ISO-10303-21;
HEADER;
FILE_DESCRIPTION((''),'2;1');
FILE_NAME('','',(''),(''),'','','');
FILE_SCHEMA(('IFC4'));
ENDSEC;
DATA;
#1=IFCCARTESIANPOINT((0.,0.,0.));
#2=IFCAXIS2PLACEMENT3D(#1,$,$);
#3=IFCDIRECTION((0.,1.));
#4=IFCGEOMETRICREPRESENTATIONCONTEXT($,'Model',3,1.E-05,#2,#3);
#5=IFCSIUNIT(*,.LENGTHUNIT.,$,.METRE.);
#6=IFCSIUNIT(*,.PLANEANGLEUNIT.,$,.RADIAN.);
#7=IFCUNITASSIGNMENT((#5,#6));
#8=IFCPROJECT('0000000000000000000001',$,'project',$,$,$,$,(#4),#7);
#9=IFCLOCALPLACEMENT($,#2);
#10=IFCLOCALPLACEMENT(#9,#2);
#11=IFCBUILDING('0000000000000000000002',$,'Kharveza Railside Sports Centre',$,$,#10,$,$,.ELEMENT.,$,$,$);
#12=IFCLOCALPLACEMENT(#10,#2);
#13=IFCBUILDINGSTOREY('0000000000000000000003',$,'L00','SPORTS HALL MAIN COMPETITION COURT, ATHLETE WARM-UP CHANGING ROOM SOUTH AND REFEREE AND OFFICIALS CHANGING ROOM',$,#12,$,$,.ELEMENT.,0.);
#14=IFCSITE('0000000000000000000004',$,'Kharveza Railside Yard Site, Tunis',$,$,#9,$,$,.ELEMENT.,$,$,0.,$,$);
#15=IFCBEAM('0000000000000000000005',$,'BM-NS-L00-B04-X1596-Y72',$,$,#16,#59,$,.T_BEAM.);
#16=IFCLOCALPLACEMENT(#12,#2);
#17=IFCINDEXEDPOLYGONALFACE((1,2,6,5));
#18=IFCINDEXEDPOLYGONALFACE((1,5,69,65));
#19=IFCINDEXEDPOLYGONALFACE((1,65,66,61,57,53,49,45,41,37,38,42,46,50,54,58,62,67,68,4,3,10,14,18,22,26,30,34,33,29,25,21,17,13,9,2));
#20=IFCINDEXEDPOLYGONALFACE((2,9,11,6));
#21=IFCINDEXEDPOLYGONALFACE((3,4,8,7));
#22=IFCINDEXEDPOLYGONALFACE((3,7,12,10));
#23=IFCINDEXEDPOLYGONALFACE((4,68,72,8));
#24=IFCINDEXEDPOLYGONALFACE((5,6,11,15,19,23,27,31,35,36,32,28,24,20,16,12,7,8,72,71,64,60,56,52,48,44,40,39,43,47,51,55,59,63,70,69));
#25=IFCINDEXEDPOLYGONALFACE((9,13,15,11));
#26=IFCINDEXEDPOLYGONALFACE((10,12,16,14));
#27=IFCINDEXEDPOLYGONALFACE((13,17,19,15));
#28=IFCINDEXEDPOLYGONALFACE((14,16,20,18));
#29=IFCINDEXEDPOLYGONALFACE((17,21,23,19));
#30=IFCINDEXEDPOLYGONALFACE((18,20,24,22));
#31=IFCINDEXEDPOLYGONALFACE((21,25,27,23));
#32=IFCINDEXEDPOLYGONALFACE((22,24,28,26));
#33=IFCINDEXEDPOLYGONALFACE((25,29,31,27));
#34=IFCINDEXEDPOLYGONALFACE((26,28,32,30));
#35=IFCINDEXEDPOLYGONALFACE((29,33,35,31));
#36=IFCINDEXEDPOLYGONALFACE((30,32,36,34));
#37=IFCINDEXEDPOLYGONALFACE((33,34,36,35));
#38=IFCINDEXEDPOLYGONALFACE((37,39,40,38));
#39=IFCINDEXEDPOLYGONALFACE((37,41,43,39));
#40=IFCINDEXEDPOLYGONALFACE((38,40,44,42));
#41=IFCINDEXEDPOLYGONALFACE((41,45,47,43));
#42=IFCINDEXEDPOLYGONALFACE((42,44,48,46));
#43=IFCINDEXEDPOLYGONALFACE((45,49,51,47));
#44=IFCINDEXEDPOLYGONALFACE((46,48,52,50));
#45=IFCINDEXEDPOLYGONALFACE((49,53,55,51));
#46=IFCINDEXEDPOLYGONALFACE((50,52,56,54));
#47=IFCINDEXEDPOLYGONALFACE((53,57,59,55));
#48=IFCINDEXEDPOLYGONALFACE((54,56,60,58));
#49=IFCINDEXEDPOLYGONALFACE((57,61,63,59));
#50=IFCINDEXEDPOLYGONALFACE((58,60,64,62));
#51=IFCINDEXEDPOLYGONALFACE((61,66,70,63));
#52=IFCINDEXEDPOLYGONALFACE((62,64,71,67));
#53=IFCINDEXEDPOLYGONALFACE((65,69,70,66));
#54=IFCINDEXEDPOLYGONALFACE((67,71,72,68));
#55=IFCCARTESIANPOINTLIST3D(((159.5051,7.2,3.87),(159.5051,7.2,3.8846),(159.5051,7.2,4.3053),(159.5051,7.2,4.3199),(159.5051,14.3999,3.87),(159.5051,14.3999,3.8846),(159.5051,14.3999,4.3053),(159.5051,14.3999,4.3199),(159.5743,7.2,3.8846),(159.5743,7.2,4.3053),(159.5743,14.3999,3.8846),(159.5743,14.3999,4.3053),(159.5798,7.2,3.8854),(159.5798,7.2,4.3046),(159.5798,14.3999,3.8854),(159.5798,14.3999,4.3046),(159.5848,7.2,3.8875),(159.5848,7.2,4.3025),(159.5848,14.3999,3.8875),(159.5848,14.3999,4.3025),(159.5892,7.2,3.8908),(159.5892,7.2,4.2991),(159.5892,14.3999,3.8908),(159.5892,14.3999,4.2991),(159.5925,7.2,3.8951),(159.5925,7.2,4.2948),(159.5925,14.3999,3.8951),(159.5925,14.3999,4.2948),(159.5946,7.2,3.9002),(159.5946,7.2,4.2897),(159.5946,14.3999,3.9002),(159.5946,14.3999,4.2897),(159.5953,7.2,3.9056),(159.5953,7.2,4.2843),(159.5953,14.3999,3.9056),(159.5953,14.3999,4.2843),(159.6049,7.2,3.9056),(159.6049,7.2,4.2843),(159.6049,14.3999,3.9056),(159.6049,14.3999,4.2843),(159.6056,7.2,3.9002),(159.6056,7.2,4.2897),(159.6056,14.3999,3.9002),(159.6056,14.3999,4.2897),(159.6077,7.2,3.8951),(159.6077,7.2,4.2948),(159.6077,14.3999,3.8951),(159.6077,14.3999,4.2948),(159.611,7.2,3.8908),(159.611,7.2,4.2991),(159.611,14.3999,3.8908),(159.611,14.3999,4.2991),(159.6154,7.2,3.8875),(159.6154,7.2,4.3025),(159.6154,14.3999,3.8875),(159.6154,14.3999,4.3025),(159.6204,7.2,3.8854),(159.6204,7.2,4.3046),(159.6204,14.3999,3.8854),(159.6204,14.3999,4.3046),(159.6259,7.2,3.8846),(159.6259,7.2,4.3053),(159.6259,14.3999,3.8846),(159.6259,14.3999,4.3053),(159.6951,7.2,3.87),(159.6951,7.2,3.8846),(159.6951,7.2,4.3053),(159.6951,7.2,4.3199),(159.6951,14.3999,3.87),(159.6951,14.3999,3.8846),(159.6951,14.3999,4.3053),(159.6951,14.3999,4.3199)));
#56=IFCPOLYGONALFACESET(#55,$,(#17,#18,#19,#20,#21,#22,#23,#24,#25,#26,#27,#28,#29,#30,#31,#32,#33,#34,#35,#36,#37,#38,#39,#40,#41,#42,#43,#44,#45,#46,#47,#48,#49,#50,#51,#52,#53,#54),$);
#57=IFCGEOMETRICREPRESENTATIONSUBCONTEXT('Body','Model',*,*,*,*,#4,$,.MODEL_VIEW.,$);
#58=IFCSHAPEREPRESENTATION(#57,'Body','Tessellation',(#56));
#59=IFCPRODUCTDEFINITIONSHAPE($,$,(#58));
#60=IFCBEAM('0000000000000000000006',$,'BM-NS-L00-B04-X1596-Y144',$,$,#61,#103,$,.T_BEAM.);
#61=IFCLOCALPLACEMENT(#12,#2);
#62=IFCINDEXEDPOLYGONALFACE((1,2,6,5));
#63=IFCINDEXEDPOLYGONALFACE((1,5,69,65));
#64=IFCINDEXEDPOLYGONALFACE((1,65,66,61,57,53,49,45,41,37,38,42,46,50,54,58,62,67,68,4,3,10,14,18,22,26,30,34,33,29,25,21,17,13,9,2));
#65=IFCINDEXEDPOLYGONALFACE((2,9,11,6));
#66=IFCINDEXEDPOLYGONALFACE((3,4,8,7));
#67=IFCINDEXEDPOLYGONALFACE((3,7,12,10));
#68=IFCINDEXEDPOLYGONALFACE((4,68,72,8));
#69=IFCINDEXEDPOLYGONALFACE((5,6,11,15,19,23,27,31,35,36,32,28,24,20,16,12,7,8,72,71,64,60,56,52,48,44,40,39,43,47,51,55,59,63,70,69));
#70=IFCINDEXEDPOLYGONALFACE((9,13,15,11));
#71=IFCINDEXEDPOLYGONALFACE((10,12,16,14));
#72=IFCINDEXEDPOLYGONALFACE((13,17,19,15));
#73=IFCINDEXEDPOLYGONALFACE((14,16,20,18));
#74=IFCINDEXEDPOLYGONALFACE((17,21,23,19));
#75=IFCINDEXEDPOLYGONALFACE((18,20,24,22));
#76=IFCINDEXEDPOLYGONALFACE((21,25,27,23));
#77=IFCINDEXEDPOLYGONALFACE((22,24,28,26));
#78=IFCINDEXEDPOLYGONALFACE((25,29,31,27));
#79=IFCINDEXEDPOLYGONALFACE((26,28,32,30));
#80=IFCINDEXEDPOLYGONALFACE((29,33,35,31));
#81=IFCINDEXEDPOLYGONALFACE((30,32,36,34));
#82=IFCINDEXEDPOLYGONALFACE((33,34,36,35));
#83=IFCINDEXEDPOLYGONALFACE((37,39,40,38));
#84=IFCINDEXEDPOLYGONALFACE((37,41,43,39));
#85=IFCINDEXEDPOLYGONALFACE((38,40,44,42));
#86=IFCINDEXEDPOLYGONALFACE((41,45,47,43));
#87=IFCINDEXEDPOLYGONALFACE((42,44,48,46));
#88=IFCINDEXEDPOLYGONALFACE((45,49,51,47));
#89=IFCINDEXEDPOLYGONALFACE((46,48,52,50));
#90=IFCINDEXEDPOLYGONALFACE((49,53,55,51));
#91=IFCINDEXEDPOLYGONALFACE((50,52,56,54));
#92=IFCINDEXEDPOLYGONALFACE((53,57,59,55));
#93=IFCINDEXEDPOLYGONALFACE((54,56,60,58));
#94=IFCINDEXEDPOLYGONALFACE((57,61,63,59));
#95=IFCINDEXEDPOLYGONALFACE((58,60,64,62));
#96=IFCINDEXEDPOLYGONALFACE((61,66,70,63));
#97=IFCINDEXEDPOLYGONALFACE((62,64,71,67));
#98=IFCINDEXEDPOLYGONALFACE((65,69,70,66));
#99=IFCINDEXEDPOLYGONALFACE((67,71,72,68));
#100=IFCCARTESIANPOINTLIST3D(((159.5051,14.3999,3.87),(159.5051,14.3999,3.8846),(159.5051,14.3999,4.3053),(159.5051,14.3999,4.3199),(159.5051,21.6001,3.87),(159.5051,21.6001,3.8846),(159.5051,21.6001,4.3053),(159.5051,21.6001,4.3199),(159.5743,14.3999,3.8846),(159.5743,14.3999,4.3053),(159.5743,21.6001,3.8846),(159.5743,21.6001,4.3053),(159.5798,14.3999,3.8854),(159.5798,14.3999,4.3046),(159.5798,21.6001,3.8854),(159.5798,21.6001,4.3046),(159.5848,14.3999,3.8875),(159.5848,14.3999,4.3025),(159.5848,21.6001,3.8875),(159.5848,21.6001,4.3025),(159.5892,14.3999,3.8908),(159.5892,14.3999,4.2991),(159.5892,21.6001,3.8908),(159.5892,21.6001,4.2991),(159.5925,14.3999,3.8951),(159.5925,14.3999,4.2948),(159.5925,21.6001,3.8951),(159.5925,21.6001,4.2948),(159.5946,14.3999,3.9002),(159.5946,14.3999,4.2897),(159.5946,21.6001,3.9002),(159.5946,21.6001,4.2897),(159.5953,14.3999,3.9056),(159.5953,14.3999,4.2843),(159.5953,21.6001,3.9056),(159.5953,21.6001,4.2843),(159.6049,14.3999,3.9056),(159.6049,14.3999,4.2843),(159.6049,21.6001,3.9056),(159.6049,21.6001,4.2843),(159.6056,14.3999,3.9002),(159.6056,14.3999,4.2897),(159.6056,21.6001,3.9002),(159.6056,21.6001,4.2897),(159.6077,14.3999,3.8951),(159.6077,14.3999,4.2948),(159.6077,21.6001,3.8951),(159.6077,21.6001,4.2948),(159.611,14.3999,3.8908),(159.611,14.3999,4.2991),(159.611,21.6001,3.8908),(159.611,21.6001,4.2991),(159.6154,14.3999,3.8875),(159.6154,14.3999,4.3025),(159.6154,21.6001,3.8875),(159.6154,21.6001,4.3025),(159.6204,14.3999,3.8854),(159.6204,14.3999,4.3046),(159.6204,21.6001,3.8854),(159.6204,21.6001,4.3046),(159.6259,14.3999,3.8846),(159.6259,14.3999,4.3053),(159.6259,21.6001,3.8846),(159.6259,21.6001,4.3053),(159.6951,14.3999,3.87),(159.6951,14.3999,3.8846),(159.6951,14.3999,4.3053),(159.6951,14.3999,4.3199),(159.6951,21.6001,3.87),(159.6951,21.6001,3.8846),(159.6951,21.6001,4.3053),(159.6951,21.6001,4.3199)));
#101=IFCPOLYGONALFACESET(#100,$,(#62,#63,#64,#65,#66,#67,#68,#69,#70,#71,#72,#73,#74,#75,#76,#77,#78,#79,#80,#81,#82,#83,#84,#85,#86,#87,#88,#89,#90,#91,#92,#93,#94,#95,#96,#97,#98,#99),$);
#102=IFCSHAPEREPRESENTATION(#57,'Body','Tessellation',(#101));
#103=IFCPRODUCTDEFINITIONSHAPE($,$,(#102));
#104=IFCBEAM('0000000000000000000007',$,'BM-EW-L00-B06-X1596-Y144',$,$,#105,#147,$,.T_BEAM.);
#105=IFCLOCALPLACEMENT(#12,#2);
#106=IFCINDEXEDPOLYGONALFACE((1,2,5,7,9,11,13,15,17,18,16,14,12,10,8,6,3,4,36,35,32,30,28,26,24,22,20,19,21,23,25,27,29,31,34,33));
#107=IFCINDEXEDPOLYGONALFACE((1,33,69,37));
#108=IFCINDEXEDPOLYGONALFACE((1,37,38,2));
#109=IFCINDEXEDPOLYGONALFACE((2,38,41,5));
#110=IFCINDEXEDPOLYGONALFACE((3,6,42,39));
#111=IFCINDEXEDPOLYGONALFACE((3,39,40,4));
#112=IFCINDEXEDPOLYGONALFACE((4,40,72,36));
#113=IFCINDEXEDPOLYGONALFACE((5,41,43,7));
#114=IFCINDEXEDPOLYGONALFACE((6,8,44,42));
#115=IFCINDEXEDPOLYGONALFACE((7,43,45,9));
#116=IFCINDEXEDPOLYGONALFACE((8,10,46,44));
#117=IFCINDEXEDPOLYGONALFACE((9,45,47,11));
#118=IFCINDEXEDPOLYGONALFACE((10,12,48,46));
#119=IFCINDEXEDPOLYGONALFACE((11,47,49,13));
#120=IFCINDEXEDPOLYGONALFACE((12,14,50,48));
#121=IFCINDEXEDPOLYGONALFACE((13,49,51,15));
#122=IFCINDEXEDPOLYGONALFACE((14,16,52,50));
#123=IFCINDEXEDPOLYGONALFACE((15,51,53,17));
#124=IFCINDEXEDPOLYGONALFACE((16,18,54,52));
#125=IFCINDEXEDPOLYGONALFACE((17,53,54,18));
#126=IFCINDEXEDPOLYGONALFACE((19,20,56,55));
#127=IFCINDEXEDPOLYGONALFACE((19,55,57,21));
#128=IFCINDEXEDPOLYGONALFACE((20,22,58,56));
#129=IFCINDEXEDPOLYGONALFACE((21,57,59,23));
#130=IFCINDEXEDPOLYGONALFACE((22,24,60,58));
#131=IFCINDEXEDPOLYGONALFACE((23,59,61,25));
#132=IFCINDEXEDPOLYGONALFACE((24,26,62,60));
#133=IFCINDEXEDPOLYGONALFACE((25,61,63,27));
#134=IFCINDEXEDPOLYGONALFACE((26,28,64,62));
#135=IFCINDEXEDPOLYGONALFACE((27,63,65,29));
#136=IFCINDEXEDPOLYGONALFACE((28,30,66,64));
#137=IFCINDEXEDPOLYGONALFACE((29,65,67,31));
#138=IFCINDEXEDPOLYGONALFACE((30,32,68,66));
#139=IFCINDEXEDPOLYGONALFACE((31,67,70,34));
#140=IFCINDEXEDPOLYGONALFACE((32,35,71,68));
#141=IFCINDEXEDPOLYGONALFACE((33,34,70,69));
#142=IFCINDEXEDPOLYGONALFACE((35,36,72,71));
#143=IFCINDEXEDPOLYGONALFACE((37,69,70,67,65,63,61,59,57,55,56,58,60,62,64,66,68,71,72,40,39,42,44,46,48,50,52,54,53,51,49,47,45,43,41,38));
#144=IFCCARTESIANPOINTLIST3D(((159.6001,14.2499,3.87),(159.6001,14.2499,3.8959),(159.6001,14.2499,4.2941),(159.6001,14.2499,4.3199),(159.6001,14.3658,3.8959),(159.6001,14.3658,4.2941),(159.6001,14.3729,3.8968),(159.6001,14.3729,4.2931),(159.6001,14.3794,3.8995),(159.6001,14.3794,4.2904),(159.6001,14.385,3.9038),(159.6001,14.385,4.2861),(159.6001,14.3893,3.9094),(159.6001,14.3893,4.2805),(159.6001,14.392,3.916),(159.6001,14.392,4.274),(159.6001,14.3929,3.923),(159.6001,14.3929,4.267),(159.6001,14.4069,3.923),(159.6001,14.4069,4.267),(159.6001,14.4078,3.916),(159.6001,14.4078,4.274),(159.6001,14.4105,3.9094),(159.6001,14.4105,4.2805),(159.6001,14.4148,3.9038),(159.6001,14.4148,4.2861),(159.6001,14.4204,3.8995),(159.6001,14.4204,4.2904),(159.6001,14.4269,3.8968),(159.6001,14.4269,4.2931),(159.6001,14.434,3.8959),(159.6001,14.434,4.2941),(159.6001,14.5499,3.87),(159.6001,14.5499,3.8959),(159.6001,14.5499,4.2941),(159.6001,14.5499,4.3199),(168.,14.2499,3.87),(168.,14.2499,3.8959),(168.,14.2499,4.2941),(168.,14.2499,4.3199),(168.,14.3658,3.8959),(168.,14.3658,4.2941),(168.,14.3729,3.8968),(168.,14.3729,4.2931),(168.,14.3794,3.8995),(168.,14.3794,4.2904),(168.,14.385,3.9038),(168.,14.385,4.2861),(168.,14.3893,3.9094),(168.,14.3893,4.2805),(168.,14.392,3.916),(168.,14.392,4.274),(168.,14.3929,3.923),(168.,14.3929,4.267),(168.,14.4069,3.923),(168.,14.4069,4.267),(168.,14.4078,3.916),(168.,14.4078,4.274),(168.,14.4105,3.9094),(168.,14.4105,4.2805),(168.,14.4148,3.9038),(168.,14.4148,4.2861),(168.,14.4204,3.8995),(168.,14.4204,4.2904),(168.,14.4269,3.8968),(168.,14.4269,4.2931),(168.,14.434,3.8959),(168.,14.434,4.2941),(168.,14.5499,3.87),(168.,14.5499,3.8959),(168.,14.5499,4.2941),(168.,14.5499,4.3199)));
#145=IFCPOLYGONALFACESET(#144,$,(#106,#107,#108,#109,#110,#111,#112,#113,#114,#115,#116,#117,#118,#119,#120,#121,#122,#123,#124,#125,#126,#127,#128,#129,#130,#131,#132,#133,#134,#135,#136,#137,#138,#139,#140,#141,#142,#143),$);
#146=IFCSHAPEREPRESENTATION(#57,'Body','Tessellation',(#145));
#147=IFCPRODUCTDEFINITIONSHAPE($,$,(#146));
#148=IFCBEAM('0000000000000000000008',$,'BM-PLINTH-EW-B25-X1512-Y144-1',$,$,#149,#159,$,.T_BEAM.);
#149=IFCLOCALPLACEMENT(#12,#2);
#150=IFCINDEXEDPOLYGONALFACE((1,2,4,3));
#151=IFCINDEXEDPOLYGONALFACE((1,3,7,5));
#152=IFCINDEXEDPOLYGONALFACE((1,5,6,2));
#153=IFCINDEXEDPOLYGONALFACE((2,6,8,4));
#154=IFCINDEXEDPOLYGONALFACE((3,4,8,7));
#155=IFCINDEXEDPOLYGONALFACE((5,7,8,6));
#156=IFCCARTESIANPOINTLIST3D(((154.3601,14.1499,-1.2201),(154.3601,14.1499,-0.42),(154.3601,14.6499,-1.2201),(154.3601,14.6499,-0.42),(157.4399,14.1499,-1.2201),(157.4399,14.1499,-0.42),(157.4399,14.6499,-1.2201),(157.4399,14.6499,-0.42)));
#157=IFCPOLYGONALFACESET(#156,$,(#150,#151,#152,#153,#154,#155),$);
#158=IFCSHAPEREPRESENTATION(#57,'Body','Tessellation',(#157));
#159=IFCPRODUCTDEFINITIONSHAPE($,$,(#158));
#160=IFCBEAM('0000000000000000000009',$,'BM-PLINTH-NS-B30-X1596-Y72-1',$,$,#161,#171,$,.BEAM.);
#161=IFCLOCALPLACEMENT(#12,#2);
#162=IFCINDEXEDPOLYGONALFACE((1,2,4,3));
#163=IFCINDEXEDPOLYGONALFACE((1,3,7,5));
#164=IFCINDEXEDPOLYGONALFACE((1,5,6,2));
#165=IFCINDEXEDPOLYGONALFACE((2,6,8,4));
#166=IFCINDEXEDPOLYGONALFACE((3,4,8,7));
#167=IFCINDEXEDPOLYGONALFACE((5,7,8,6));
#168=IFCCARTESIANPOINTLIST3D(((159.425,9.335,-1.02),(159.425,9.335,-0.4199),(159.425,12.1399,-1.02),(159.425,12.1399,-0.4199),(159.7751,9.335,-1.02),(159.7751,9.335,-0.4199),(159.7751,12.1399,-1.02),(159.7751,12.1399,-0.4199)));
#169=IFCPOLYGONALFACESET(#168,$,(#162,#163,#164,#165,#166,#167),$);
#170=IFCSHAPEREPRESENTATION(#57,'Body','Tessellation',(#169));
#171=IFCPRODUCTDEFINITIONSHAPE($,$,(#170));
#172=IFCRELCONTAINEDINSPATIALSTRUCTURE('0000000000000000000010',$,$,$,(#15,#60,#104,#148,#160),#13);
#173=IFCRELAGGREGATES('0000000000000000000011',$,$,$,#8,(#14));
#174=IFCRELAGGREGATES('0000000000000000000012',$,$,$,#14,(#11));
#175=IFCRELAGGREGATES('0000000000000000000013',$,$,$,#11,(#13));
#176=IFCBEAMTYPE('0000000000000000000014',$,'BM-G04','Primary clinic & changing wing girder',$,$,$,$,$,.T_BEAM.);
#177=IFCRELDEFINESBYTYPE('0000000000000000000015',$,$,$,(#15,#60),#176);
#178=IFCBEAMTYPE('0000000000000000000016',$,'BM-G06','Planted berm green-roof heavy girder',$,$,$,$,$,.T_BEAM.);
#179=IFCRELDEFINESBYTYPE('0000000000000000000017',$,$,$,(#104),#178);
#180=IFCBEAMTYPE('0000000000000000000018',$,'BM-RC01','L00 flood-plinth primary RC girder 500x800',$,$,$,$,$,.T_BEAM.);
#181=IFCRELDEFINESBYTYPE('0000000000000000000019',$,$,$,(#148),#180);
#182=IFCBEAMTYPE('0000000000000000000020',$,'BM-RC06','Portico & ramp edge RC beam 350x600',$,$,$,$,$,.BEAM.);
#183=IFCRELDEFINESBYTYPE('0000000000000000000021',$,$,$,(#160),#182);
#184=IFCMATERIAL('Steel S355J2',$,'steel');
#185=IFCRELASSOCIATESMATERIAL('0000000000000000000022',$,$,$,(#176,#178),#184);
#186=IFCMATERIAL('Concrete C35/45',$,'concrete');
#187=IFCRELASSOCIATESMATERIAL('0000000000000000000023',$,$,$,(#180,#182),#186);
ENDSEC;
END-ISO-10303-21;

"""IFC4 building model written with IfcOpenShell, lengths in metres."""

from ifc_helpers import new_model, si_unit, direction, frame, origin, origin_2d, place, context, subcontext, project, spatial, rectangle, i_section, extrude, material, material_profile, profile_set, type_object, element, save


model = new_model("IFC4")

# Units and contexts
model_context = context("Model", 3, precision=1e-05, world=origin(), true_north=direction((0.0, 1.0)))
body_context = subcontext(model_context, "Body", "Model", "MODEL_VIEW")
ifc_project = project(units=[si_unit("LENGTHUNIT", "METRE"), si_unit("PLANEANGLEUNIT", "RADIAN")], contexts=[model_context])

# Site, building, storey
site_placement = place(None, origin())
site = spatial("IfcSite", under=ifc_project, at=site_placement, Name="Kharveza Railside Yard Site, Tunis", CompositionType="ELEMENT", RefElevation=0.0)
building_placement = place(site_placement, origin())
building = spatial("IfcBuilding", under=site, at=building_placement, Name="Kharveza Railside Sports Centre", CompositionType="ELEMENT")
storey_placement = place(building_placement, origin())
storey = spatial("IfcBuildingStorey", under=building, at=storey_placement, Name="L00", Description="SPORTS HALL MAIN COMPETITION COURT, ATHLETE WARM-UP CHANGING ROOM SOUTH AND REFEREE AND OFFICIALS CHANGING ROOM", CompositionType="ELEMENT", Elevation=0.0)

# Shared definitions
ifc_material_1 = material(Name="Concrete C35/45", Category="concrete")

# Shared definitions
ifc_material_2 = material(Name="Steel S355J2", Category="steel")

# Beams
ifc_material_profile_1 = material_profile(ifc_material_2, i_section(OverallWidth=0.1899, OverallDepth=0.45, WebThickness=0.0095, FlangeThickness=0.0146, FilletRadius=0.021, at=origin_2d()), Name="IPE 450")
ifc_profile_set_1 = profile_set([ifc_material_profile_1], Name="Steel S355J2")
beam_type_1 = type_object("IfcBeamType", Name="BM-G04", Description="Primary clinic & changing wing girder", PredefinedType="T_BEAM", material=ifc_profile_set_1)
beam_1_placement = place(storey_placement, frame((159.6001, 7.2, 4.095), z_axis=(0.0, 1.0, 0.0), x_axis=(-1.0, 0.0, 0.0)))
element("IfcBeam", 1, at=beam_1_placement, inside=storey, type_object=beam_type_1, Name="BM-NS-L00-B04-X1596-Y72", PredefinedType="T_BEAM", context=body_context, shape_type="SweptSolid", body=[
    extrude(i_section(OverallWidth=0.1899, OverallDepth=0.45, WebThickness=0.0095, FlangeThickness=0.0146, FilletRadius=0.021, at=origin_2d()), origin(), (0.0, 0.0, 1.0), 7.2),
])
beam_2_placement = place(storey_placement, frame((159.6001, 14.3999, 4.095), z_axis=(0.0, 1.0, 0.0), x_axis=(-1.0, 0.0, 0.0)))
element("IfcBeam", 2, at=beam_2_placement, inside=storey, type_object=beam_type_1, Name="BM-NS-L00-B04-X1596-Y144", PredefinedType="T_BEAM", context=body_context, shape_type="SweptSolid", body=[
    extrude(i_section(OverallWidth=0.1899, OverallDepth=0.45, WebThickness=0.0095, FlangeThickness=0.0146, FilletRadius=0.021, at=origin_2d()), origin(), (0.0, 0.0, 1.0), 7.2002),
])
ifc_material_profile_2 = material_profile(ifc_material_2, i_section(OverallWidth=0.3, OverallDepth=0.45, WebThickness=0.0139, FlangeThickness=0.0259, FilletRadius=0.0271, at=origin_2d()), Name="HEB 450")
ifc_profile_set_2 = profile_set([ifc_material_profile_2], Name="Steel S355J2")
beam_type_2 = type_object("IfcBeamType", Name="BM-G06", Description="Planted berm green-roof heavy girder", PredefinedType="T_BEAM", material=ifc_profile_set_2)
beam_3_placement = place(storey_placement, frame((159.6001, 14.3999, 4.095), z_axis=(1.0, 0.0, 0.0), x_axis=(0.0, 1.0, 0.0)))
element("IfcBeam", 3, at=beam_3_placement, inside=storey, type_object=beam_type_2, Name="BM-EW-L00-B06-X1596-Y144", PredefinedType="T_BEAM", context=body_context, shape_type="SweptSolid", body=[
    extrude(i_section(OverallWidth=0.3, OverallDepth=0.45, WebThickness=0.0139, FlangeThickness=0.0259, FilletRadius=0.0271, at=origin_2d()), origin(), (0.0, 0.0, 1.0), 8.3999),
])
ifc_material_profile_3 = material_profile(ifc_material_1, rectangle(XDim=0.5, YDim=0.8, at=origin_2d()), Name="RCB 500x800")
ifc_profile_set_3 = profile_set([ifc_material_profile_3], Name="Concrete C35/45")
beam_type_3 = type_object("IfcBeamType", Name="BM-RC01", Description="L00 flood-plinth primary RC girder 500x800", PredefinedType="T_BEAM", material=ifc_profile_set_3)
beam_4_placement = place(storey_placement, frame((154.3601, 14.3999, -0.8201), z_axis=(1.0, 0.0, 0.0), x_axis=(0.0, 1.0, 0.0)))
element("IfcBeam", 4, at=beam_4_placement, inside=storey, type_object=beam_type_3, Name="BM-PLINTH-EW-B25-X1512-Y144-1", PredefinedType="T_BEAM", context=body_context, shape_type="SweptSolid", body=[
    extrude(rectangle(XDim=0.5, YDim=0.8, at=origin_2d()), origin(), (0.0, 0.0, 1.0), 3.0798),
])
ifc_material_profile_4 = material_profile(ifc_material_1, rectangle(XDim=0.3501, YDim=0.6001, at=origin_2d()), Name="RCB 350x600")
ifc_profile_set_4 = profile_set([ifc_material_profile_4], Name="Concrete C35/45")
beam_type_4 = type_object("IfcBeamType", Name="BM-RC06", Description="Portico & ramp edge RC beam 350x600", PredefinedType="BEAM", material=ifc_profile_set_4)
beam_5_placement = place(storey_placement, frame((159.6001, 9.335, -0.72), z_axis=(0.0, 1.0, 0.0), x_axis=(-1.0, 0.0, 0.0)))
element("IfcBeam", 5, at=beam_5_placement, inside=storey, type_object=beam_type_4, Name="BM-PLINTH-NS-B30-X1596-Y72-1", PredefinedType="BEAM", context=body_context, shape_type="SweptSolid", body=[
    extrude(rectangle(XDim=0.3501, YDim=0.6001, at=origin_2d()), origin(), (0.0, 0.0, 1.0), 2.8049),
])

save(model, "model.ifc")
